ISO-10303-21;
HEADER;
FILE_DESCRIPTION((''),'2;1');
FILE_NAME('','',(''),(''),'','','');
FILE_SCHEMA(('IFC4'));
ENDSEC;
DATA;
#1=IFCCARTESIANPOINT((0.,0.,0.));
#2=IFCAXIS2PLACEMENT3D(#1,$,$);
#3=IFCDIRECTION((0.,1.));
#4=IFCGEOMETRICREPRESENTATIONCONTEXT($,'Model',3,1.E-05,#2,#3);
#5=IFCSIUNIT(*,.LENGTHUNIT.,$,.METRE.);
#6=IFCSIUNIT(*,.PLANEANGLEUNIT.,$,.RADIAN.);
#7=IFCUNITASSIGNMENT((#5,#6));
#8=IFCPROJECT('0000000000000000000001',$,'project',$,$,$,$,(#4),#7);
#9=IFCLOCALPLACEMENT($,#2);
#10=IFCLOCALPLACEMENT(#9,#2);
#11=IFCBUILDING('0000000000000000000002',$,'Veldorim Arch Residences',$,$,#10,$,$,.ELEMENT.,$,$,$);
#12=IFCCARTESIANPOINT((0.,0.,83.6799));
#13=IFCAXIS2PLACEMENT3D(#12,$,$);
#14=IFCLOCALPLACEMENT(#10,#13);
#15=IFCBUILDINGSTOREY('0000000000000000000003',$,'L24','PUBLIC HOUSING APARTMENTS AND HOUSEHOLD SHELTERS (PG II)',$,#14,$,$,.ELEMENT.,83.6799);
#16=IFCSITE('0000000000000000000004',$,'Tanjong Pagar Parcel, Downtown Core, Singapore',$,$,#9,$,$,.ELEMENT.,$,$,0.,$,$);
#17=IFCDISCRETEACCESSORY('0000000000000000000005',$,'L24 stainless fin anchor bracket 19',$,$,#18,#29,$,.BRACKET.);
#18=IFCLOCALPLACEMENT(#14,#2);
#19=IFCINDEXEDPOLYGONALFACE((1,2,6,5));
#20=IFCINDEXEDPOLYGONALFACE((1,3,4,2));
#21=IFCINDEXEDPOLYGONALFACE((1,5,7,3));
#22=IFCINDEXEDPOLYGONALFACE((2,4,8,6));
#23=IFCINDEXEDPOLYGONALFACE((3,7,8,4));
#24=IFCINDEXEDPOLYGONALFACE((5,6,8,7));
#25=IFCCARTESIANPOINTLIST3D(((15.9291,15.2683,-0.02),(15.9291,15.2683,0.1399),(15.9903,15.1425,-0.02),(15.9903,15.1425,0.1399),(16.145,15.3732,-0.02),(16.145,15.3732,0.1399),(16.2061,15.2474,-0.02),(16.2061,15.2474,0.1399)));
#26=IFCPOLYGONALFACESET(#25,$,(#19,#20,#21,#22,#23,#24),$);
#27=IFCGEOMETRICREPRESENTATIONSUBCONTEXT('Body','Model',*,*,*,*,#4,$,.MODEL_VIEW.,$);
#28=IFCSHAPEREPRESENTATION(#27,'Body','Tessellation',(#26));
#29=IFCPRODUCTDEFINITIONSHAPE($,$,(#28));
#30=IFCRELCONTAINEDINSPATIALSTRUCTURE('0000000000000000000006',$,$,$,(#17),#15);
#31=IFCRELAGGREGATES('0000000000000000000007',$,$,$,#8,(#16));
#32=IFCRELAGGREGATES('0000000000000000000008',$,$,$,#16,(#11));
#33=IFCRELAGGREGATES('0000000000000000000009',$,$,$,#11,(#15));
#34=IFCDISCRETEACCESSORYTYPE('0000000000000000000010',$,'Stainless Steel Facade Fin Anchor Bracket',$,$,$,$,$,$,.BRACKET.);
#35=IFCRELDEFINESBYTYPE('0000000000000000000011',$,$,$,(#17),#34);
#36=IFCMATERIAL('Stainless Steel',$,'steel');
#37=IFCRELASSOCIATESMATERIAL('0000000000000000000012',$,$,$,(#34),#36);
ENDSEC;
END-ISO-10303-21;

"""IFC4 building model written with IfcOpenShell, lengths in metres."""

from ifc_helpers import new_model, si_unit, direction, frame, origin, origin_2d, place, context, subcontext, project, spatial, rectangle, extrude, material, type_object, element, save


model = new_model("IFC4")

# Units and contexts
model_context = context("Model", 3, precision=1e-05, world=origin(), true_north=direction((0.0, 1.0)))
body_context = subcontext(model_context, "Body", "Model", "MODEL_VIEW")
ifc_project = project(units=[si_unit("LENGTHUNIT", "METRE"), si_unit("PLANEANGLEUNIT", "RADIAN")], contexts=[model_context])

# Site, building, storey
site_placement = place(None, origin())
site = spatial("IfcSite", under=ifc_project, at=site_placement, Name="Tanjong Pagar Parcel, Downtown Core, Singapore", CompositionType="ELEMENT", RefElevation=0.0)
building_placement = place(site_placement, origin())
building = spatial("IfcBuilding", under=site, at=building_placement, Name="Veldorim Arch Residences", CompositionType="ELEMENT")
storey_placement = place(building_placement, frame((0.0, 0.0, 83.6799)))
storey = spatial("IfcBuildingStorey", under=building, at=storey_placement, Name="L24", Description="PUBLIC HOUSING APARTMENTS AND HOUSEHOLD SHELTERS (PG II)", CompositionType="ELEMENT", Elevation=83.6799)

# Discrete accessory
ifc_material_1 = material(Name="Stainless Steel", Category="steel")
discrete_accessory_type = type_object("IfcDiscreteAccessoryType", Name="Stainless Steel Facade Fin Anchor Bracket", PredefinedType="BRACKET", material=ifc_material_1)
discrete_accessory_placement = place(storey_placement, frame((16.0676, 15.2578, -0.02), z_axis=(0.0, 0.0, 1.0), x_axis=(-0.437116, 0.899405, 0.0)))
element("IfcDiscreteAccessory", 1, at=discrete_accessory_placement, inside=storey, type_object=discrete_accessory_type, Name="L24 stainless fin anchor bracket 19", PredefinedType="BRACKET", context=body_context, shape_type="SweptSolid", body=[
    extrude(rectangle(XDim=0.1399, YDim=0.24, at=origin_2d()), origin(), (0.0, 0.0, 1.0), 0.1599),
])

save(model, "model.ifc")
